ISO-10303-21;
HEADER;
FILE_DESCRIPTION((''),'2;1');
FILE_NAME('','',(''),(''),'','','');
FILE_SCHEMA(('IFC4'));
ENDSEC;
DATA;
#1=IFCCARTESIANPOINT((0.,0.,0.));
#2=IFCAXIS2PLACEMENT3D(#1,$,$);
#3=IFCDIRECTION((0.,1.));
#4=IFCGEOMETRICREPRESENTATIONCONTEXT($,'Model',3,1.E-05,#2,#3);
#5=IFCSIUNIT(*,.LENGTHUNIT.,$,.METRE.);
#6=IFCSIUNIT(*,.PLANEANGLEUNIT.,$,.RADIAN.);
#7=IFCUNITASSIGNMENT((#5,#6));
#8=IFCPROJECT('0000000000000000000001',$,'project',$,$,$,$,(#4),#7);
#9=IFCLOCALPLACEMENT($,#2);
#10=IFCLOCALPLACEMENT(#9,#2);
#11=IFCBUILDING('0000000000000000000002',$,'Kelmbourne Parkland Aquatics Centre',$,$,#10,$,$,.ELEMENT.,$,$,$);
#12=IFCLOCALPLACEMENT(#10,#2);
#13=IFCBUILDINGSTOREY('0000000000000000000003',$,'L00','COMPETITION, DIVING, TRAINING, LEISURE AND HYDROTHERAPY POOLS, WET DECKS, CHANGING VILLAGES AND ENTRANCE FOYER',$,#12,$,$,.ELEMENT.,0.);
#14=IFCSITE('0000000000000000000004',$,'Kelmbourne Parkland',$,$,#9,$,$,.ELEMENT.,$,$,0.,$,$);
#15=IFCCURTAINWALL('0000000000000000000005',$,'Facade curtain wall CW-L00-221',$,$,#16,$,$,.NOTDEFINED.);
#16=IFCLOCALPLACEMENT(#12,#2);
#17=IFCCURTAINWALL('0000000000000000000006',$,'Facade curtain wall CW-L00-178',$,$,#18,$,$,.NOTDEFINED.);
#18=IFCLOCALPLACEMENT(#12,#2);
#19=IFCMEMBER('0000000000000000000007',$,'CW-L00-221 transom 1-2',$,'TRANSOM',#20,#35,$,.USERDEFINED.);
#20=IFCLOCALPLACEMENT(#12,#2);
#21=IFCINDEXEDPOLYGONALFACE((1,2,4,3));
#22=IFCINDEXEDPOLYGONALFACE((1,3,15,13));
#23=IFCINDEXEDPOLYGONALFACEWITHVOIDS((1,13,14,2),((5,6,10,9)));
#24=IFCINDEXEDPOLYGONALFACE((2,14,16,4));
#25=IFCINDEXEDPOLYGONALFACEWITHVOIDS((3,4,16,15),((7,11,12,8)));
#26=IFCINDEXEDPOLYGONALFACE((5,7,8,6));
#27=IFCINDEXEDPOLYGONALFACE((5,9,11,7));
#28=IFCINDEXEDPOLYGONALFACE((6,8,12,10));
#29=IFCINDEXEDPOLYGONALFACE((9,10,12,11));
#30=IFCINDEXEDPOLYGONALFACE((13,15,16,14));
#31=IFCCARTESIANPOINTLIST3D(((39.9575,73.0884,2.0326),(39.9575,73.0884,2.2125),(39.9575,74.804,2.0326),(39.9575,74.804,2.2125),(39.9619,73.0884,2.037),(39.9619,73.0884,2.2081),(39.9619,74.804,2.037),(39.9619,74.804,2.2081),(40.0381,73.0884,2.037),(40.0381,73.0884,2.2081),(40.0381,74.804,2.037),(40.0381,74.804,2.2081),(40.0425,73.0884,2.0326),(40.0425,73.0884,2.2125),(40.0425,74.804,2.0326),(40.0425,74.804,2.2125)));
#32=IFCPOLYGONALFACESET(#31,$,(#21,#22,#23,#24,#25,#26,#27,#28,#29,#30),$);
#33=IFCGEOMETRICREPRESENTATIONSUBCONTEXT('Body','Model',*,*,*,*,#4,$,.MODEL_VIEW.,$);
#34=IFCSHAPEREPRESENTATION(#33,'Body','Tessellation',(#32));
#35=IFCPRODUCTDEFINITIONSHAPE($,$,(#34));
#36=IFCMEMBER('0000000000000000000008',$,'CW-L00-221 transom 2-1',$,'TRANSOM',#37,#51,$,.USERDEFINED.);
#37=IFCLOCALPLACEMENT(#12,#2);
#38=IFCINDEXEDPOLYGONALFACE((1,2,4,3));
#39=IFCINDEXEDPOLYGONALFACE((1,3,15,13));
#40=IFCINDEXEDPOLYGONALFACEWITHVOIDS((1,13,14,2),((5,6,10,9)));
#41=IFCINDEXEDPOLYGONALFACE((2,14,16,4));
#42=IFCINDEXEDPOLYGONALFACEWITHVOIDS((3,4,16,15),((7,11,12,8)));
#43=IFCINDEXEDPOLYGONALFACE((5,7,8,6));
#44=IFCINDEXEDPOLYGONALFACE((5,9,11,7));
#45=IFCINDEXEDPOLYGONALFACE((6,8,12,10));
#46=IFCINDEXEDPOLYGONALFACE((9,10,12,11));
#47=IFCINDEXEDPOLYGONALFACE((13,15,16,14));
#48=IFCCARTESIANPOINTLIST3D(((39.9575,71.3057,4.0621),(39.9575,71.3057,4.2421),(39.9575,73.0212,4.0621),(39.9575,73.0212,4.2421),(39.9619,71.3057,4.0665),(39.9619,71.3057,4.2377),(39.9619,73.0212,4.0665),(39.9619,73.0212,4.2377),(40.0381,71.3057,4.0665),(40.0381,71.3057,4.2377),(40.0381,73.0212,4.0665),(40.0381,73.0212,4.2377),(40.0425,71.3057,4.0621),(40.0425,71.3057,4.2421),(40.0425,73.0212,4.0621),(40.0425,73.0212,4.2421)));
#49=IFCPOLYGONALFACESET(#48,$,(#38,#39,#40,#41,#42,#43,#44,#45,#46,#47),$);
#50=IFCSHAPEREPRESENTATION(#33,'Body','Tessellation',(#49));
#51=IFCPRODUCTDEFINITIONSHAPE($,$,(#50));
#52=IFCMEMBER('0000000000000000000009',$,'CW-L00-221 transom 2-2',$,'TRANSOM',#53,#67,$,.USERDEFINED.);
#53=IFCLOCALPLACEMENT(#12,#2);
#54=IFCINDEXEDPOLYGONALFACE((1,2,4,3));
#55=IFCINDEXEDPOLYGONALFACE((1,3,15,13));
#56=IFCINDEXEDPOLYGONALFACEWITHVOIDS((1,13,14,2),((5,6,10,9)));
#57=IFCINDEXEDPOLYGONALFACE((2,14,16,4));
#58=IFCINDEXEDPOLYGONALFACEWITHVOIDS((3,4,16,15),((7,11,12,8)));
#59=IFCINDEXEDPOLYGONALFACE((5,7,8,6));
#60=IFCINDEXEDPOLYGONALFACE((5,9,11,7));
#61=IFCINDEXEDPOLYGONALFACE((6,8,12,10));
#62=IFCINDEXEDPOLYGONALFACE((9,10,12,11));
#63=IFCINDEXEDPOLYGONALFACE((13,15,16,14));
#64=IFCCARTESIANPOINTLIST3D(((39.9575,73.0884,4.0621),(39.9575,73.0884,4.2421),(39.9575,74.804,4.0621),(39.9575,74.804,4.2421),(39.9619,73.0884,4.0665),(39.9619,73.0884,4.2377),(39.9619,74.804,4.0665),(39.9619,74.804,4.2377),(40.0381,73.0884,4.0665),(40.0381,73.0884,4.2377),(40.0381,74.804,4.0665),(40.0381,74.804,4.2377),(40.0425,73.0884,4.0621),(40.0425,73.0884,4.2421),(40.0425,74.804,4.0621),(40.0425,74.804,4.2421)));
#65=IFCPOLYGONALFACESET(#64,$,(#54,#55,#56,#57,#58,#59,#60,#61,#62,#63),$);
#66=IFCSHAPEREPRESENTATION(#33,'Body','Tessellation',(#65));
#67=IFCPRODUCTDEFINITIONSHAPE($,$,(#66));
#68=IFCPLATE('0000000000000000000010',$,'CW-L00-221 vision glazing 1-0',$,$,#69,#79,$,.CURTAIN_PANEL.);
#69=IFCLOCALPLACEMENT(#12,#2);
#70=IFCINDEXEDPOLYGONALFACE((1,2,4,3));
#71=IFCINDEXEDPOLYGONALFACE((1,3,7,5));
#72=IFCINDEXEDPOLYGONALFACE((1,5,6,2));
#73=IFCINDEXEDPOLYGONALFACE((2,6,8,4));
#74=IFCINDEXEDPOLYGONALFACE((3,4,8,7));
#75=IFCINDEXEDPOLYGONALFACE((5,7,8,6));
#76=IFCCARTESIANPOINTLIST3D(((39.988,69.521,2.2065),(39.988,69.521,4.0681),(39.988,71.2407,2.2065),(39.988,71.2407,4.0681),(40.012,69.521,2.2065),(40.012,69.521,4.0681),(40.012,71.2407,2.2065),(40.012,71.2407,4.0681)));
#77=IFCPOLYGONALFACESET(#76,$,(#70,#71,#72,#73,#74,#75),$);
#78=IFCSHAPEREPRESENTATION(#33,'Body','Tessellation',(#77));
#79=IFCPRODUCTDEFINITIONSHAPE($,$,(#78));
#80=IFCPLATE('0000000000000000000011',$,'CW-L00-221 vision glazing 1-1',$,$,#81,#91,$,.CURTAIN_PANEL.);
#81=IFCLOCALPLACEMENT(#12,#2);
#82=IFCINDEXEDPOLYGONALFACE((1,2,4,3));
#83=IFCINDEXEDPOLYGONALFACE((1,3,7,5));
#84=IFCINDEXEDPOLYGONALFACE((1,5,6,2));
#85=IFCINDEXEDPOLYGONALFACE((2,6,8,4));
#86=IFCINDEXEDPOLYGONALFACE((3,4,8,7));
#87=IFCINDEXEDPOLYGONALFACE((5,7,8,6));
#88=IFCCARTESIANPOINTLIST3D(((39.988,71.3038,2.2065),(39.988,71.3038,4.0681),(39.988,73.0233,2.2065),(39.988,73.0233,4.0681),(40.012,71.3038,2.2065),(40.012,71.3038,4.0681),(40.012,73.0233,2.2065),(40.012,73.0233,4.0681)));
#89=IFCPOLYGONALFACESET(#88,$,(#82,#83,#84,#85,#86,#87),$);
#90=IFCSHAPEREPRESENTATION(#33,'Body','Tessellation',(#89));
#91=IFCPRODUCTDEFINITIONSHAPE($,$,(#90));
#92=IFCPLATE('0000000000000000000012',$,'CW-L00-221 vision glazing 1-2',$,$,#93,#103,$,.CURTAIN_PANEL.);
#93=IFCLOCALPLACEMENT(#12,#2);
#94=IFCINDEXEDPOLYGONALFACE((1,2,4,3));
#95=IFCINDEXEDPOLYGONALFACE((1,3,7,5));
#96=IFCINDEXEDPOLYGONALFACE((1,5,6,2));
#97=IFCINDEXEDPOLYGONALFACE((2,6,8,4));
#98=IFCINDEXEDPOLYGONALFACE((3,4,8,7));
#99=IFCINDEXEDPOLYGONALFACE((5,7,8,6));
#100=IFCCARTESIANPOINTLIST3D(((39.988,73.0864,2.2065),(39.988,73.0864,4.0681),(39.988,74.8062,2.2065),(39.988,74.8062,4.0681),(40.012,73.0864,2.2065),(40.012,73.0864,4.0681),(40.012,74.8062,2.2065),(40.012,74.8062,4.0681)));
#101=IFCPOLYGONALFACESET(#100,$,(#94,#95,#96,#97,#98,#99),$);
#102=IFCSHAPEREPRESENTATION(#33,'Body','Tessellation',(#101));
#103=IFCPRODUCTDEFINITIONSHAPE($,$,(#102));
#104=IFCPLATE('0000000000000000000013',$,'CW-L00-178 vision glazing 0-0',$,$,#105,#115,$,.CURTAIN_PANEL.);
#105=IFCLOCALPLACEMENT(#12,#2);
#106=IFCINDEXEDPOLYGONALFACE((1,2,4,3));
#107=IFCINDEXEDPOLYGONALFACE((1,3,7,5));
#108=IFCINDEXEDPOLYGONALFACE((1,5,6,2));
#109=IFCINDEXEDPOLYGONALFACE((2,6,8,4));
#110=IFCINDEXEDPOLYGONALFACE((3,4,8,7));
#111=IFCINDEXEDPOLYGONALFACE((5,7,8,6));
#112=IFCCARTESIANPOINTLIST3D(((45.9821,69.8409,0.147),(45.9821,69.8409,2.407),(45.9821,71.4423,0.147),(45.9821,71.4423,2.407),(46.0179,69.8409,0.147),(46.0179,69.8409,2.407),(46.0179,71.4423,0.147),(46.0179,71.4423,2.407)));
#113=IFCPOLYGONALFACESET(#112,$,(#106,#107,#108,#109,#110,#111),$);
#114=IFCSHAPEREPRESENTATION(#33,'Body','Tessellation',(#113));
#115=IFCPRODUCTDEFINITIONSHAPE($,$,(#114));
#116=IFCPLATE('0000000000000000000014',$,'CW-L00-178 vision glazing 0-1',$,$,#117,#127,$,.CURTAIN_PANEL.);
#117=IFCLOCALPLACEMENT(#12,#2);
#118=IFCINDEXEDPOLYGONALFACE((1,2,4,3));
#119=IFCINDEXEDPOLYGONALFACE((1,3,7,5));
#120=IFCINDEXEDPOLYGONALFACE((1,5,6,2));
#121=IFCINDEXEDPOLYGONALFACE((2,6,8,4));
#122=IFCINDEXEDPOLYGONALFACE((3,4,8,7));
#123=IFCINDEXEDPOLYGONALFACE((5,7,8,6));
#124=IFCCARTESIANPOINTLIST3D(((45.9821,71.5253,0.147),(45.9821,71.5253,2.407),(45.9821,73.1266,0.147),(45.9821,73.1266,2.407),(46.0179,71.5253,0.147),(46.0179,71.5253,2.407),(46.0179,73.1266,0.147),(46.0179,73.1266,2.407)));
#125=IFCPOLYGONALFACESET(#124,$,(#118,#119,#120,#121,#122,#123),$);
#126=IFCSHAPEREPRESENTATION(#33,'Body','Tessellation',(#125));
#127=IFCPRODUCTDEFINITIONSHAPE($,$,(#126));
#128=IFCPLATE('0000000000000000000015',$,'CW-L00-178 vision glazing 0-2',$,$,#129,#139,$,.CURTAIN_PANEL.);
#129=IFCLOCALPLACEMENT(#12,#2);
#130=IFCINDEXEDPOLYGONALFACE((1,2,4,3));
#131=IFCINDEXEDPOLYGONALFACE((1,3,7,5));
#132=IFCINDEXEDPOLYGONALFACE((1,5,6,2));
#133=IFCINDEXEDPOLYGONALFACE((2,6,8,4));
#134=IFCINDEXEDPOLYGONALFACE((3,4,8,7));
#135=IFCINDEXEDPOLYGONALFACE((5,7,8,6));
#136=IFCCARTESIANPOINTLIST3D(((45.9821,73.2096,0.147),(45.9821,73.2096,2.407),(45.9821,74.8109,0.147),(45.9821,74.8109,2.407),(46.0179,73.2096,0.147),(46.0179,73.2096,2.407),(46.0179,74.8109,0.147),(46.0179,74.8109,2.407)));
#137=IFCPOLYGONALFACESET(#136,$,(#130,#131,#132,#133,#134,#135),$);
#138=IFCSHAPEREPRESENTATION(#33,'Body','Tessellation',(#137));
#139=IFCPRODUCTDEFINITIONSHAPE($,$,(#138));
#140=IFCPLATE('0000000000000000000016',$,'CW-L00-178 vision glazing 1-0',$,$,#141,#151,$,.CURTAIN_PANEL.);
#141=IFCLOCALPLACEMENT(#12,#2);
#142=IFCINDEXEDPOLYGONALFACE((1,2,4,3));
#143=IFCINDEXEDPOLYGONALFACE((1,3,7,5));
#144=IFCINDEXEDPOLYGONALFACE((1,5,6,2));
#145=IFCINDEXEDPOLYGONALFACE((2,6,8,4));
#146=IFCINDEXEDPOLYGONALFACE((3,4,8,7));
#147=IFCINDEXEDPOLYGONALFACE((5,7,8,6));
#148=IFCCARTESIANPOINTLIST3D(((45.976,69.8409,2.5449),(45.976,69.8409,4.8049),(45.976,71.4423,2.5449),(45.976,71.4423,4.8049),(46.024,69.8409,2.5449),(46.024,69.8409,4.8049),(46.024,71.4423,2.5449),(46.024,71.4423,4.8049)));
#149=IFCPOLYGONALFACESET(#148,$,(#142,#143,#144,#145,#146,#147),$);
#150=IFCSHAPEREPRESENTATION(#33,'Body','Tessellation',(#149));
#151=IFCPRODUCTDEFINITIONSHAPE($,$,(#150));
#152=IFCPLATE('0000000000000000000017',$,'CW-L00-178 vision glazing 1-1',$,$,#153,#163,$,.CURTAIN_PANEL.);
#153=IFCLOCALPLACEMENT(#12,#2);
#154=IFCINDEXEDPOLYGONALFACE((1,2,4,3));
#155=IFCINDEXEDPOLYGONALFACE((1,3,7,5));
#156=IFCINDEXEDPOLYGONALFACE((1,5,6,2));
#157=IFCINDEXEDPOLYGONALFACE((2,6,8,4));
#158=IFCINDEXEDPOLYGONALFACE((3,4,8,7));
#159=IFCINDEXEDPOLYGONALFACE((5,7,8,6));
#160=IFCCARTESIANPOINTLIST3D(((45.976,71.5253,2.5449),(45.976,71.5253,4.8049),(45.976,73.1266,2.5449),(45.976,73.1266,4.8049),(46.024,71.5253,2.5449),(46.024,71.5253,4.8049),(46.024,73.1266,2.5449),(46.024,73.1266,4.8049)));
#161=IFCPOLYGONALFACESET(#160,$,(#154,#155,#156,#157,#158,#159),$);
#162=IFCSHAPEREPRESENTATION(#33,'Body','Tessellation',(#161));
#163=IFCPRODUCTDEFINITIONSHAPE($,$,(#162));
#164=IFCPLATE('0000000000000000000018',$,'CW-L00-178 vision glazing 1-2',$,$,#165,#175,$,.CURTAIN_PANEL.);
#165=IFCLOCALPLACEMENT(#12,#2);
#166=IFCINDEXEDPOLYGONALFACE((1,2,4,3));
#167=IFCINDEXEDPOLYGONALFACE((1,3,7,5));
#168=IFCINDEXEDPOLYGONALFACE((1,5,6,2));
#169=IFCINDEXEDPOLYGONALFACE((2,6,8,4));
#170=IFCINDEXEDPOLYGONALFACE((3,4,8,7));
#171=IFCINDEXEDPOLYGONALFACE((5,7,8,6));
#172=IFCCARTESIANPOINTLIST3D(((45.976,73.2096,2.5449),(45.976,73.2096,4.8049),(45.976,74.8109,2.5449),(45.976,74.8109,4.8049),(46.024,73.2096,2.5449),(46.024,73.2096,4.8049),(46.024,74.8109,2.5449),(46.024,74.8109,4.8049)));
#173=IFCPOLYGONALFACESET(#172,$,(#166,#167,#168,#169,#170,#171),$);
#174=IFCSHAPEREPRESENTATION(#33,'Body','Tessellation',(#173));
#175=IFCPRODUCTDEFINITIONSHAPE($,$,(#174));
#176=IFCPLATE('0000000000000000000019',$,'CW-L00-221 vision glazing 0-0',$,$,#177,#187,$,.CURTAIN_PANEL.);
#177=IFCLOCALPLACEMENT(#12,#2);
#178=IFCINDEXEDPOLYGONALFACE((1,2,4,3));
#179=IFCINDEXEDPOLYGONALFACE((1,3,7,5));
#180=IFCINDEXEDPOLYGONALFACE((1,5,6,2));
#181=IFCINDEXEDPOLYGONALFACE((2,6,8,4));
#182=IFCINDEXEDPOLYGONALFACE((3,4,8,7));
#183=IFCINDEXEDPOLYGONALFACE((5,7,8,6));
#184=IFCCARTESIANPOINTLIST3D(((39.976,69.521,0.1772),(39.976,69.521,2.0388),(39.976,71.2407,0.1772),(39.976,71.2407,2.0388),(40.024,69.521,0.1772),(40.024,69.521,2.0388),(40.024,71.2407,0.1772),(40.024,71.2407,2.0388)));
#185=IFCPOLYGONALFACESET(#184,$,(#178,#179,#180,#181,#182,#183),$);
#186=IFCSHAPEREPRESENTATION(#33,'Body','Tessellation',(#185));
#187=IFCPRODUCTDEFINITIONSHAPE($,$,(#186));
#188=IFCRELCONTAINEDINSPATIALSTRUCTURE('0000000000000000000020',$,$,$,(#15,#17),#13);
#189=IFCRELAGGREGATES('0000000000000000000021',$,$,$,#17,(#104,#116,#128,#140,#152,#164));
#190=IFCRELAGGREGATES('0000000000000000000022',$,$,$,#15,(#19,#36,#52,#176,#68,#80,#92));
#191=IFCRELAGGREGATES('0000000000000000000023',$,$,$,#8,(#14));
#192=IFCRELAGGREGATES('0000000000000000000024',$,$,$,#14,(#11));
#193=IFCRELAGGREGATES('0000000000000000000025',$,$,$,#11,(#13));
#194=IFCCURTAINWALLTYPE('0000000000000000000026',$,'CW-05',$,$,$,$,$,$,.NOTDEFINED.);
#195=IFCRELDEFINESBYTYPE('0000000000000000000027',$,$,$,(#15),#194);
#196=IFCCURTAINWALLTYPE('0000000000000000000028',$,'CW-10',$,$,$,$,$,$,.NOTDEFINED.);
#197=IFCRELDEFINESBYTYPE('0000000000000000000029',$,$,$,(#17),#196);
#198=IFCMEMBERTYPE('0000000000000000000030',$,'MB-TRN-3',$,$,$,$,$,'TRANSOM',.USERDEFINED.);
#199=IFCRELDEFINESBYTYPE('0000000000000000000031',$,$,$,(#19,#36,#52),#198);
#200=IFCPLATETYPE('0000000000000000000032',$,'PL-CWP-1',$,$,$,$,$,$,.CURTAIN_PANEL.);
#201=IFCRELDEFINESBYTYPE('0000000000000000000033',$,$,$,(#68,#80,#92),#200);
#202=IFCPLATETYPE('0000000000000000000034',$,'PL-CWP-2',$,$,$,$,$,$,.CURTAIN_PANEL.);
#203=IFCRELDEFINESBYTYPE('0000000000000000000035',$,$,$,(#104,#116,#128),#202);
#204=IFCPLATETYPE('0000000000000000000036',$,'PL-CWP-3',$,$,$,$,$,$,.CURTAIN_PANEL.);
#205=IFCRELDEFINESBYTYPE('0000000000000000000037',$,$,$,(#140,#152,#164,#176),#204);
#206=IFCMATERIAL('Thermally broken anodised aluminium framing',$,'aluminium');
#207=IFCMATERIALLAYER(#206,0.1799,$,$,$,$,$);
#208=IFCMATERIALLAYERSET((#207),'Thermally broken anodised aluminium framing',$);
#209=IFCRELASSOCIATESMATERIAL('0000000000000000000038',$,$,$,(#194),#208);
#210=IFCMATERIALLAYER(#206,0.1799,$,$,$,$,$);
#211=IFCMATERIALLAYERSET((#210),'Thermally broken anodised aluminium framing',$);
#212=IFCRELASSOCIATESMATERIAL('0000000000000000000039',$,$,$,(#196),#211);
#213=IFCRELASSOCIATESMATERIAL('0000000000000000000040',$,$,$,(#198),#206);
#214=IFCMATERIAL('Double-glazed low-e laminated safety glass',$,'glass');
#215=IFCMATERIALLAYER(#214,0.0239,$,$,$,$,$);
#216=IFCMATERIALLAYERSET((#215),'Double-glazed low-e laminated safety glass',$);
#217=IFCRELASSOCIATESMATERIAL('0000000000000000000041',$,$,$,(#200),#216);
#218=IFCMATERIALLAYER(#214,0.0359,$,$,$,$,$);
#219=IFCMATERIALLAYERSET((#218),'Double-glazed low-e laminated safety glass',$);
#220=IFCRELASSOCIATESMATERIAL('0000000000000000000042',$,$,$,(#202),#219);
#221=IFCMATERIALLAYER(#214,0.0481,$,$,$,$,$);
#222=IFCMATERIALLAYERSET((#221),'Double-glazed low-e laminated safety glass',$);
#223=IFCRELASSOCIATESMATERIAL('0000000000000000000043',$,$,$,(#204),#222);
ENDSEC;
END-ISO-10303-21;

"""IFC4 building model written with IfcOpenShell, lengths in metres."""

from ifc_helpers import new_model, si_unit, direction, frame, origin, origin_2d, place, context, subcontext, project, spatial, rectangle, hollow_rectangle, extrude, material, layer, layer_set, material_profile, profile_set, type_object, element, aggregate, save


model = new_model("IFC4")

# Units and contexts
model_context = context("Model", 3, precision=1e-05, world=origin(), true_north=direction((0.0, 1.0)))
body_context = subcontext(model_context, "Body", "Model", "MODEL_VIEW")
ifc_project = project(units=[si_unit("LENGTHUNIT", "METRE"), si_unit("PLANEANGLEUNIT", "RADIAN")], contexts=[model_context])

# Site, building, storey
site_placement = place(None, origin())
site = spatial("IfcSite", under=ifc_project, at=site_placement, Name="Kelmbourne Parkland", CompositionType="ELEMENT", RefElevation=0.0)
building_placement = place(site_placement, origin())
building = spatial("IfcBuilding", under=site, at=building_placement, Name="Kelmbourne Parkland Aquatics Centre", CompositionType="ELEMENT")
storey_placement = place(building_placement, origin())
storey = spatial("IfcBuildingStorey", under=building, at=storey_placement, Name="L00", Description="COMPETITION, DIVING, TRAINING, LEISURE AND HYDROTHERAPY POOLS, WET DECKS, CHANGING VILLAGES AND ENTRANCE FOYER", CompositionType="ELEMENT", Elevation=0.0)

# Curtain walls
ifc_material_1 = material(Name="Thermally broken anodised aluminium framing", Category="aluminium")
ifc_layer_1 = layer(ifc_material_1, 0.1799)
ifc_layer_set_1 = layer_set([ifc_layer_1], Name="Thermally broken anodised aluminium framing")
curtain_wall_type_1 = type_object("IfcCurtainWallType", Name="CW-05", PredefinedType="NOTDEFINED", material=ifc_layer_set_1)
curtain_wall_1_placement = place(storey_placement, origin())
curtain_wall_1 = element("IfcCurtainWall", 1, at=curtain_wall_1_placement, inside=storey, type_object=curtain_wall_type_1, Name="Facade curtain wall CW-L00-221", PredefinedType="NOTDEFINED")
ifc_layer_2 = layer(ifc_material_1, 0.1799)
ifc_layer_set_2 = layer_set([ifc_layer_2], Name="Thermally broken anodised aluminium framing")
curtain_wall_type_2 = type_object("IfcCurtainWallType", Name="CW-10", PredefinedType="NOTDEFINED", material=ifc_layer_set_2)
curtain_wall_2_placement = place(storey_placement, origin())
curtain_wall_2 = element("IfcCurtainWall", 2, at=curtain_wall_2_placement, inside=storey, type_object=curtain_wall_type_2, Name="Facade curtain wall CW-L00-178", PredefinedType="NOTDEFINED")

# Members
ifc_material_profile_1 = material_profile(ifc_material_1, hollow_rectangle(XDim=0.085, YDim=0.1799, WallThickness=0.0044, at=origin_2d()), Name="CW-T 85x180")
ifc_profile_set_1 = profile_set([ifc_material_profile_1], Name="Thermally broken anodised aluminium framing")
member_type_1 = type_object("IfcMemberType", Name="MB-TRN-3", ElementType="TRANSOM", PredefinedType="USERDEFINED", material=ifc_profile_set_1)
member_1_placement = place(storey_placement, frame((40.0, 73.0884, 2.1226), z_axis=(0.0, 1.0, 0.0), x_axis=(-1.0, 0.0, 0.0)))
member_1 = element("IfcMember", 3, at=member_1_placement, type_object=member_type_1, Name="CW-L00-221 transom 1-2", ObjectType="TRANSOM", PredefinedType="USERDEFINED", context=body_context, shape_type="SweptSolid", body=[
    extrude(hollow_rectangle(XDim=0.085, YDim=0.1799, WallThickness=0.0044, at=origin_2d()), origin(), (0.0, 0.0, 1.0), 1.7156),
])
member_2_placement = place(storey_placement, frame((40.0, 71.3057, 4.1521), z_axis=(0.0, 1.0, 0.0), x_axis=(-1.0, 0.0, 0.0)))
member_2 = element("IfcMember", 4, at=member_2_placement, type_object=member_type_1, Name="CW-L00-221 transom 2-1", ObjectType="TRANSOM", PredefinedType="USERDEFINED", context=body_context, shape_type="SweptSolid", body=[
    extrude(hollow_rectangle(XDim=0.085, YDim=0.1799, WallThickness=0.0044, at=origin_2d()), origin(), (0.0, 0.0, 1.0), 1.7156),
])
member_3_placement = place(storey_placement, frame((40.0, 73.0884, 4.1521), z_axis=(0.0, 1.0, 0.0), x_axis=(-1.0, 0.0, 0.0)))
member_3 = element("IfcMember", 5, at=member_3_placement, type_object=member_type_1, Name="CW-L00-221 transom 2-2", ObjectType="TRANSOM", PredefinedType="USERDEFINED", context=body_context, shape_type="SweptSolid", body=[
    extrude(hollow_rectangle(XDim=0.085, YDim=0.1799, WallThickness=0.0044, at=origin_2d()), origin(), (0.0, 0.0, 1.0), 1.7156),
])

# Plates
ifc_material_2 = material(Name="Double-glazed low-e laminated safety glass", Category="glass")
ifc_layer_3 = layer(ifc_material_2, 0.0239)
ifc_layer_set_3 = layer_set([ifc_layer_3], Name="Double-glazed low-e laminated safety glass")
plate_type_1 = type_object("IfcPlateType", Name="PL-CWP-1", PredefinedType="CURTAIN_PANEL", material=ifc_layer_set_3)
plate_1_placement = place(storey_placement, frame((40.0, 70.3809, 2.2065), z_axis=(0.0, 0.0, 1.0), x_axis=(0.0, 1.0, 0.0)))
plate_1 = element("IfcPlate", 6, at=plate_1_placement, type_object=plate_type_1, Name="CW-L00-221 vision glazing 1-0", PredefinedType="CURTAIN_PANEL", context=body_context, shape_type="SweptSolid", body=[
    extrude(rectangle(XDim=1.7197, YDim=0.0239, at=origin_2d()), origin(), (0.0, 0.0, 1.0), 1.8616),
])
plate_2_placement = place(storey_placement, frame((40.0, 72.1636, 2.2065), z_axis=(0.0, 0.0, 1.0), x_axis=(0.0, 1.0, 0.0)))
plate_2 = element("IfcPlate", 7, at=plate_2_placement, type_object=plate_type_1, Name="CW-L00-221 vision glazing 1-1", PredefinedType="CURTAIN_PANEL", context=body_context, shape_type="SweptSolid", body=[
    extrude(rectangle(XDim=1.7195, YDim=0.0239, at=origin_2d()), origin(), (0.0, 0.0, 1.0), 1.8616),
])
plate_3_placement = place(storey_placement, frame((40.0, 73.9463, 2.2065), z_axis=(0.0, 0.0, 1.0), x_axis=(0.0, 1.0, 0.0)))
plate_3 = element("IfcPlate", 8, at=plate_3_placement, type_object=plate_type_1, Name="CW-L00-221 vision glazing 1-2", PredefinedType="CURTAIN_PANEL", context=body_context, shape_type="SweptSolid", body=[
    extrude(rectangle(XDim=1.7197, YDim=0.0239, at=origin_2d()), origin(), (0.0, 0.0, 1.0), 1.8616),
])
ifc_layer_4 = layer(ifc_material_2, 0.0359)
ifc_layer_set_4 = layer_set([ifc_layer_4], Name="Double-glazed low-e laminated safety glass")
plate_type_2 = type_object("IfcPlateType", Name="PL-CWP-2", PredefinedType="CURTAIN_PANEL", material=ifc_layer_set_4)
plate_4_placement = place(storey_placement, frame((46.0, 70.6416, 0.147), z_axis=(0.0, 0.0, 1.0), x_axis=(0.0, 1.0, 0.0)))
plate_4 = element("IfcPlate", 9, at=plate_4_placement, type_object=plate_type_2, Name="CW-L00-178 vision glazing 0-0", PredefinedType="CURTAIN_PANEL", context=body_context, shape_type="SweptSolid", body=[
    extrude(rectangle(XDim=1.6013, YDim=0.0359, at=origin_2d()), origin(), (0.0, 0.0, 1.0), 2.26),
])
plate_5_placement = place(storey_placement, frame((46.0, 72.3259, 0.147), z_axis=(0.0, 0.0, 1.0), x_axis=(0.0, 1.0, 0.0)))
plate_5 = element("IfcPlate", 10, at=plate_5_placement, type_object=plate_type_2, Name="CW-L00-178 vision glazing 0-1", PredefinedType="CURTAIN_PANEL", context=body_context, shape_type="SweptSolid", body=[
    extrude(rectangle(XDim=1.6013, YDim=0.0359, at=origin_2d()), origin(), (0.0, 0.0, 1.0), 2.26),
])
plate_6_placement = place(storey_placement, frame((46.0, 74.0103, 0.147), z_axis=(0.0, 0.0, 1.0), x_axis=(0.0, 1.0, 0.0)))
plate_6 = element("IfcPlate", 11, at=plate_6_placement, type_object=plate_type_2, Name="CW-L00-178 vision glazing 0-2", PredefinedType="CURTAIN_PANEL", context=body_context, shape_type="SweptSolid", body=[
    extrude(rectangle(XDim=1.6013, YDim=0.0359, at=origin_2d()), origin(), (0.0, 0.0, 1.0), 2.26),
])
ifc_layer_5 = layer(ifc_material_2, 0.0481)
ifc_layer_set_5 = layer_set([ifc_layer_5], Name="Double-glazed low-e laminated safety glass")
plate_type_3 = type_object("IfcPlateType", Name="PL-CWP-3", PredefinedType="CURTAIN_PANEL", material=ifc_layer_set_5)
plate_7_placement = place(storey_placement, frame((46.0, 70.6416, 2.5449), z_axis=(0.0, 0.0, 1.0), x_axis=(0.0, 1.0, 0.0)))
plate_7 = element("IfcPlate", 12, at=plate_7_placement, type_object=plate_type_3, Name="CW-L00-178 vision glazing 1-0", PredefinedType="CURTAIN_PANEL", context=body_context, shape_type="SweptSolid", body=[
    extrude(rectangle(XDim=1.6013, YDim=0.0481, at=origin_2d()), origin(), (0.0, 0.0, 1.0), 2.26),
])
plate_8_placement = place(storey_placement, frame((46.0, 72.3259, 2.5449), z_axis=(0.0, 0.0, 1.0), x_axis=(0.0, 1.0, 0.0)))
plate_8 = element("IfcPlate", 13, at=plate_8_placement, type_object=plate_type_3, Name="CW-L00-178 vision glazing 1-1", PredefinedType="CURTAIN_PANEL", context=body_context, shape_type="SweptSolid", body=[
    extrude(rectangle(XDim=1.6013, YDim=0.0481, at=origin_2d()), origin(), (0.0, 0.0, 1.0), 2.26),
])
plate_9_placement = place(storey_placement, frame((46.0, 74.0103, 2.5449), z_axis=(0.0, 0.0, 1.0), x_axis=(0.0, 1.0, 0.0)))
plate_9 = element("IfcPlate", 14, at=plate_9_placement, type_object=plate_type_3, Name="CW-L00-178 vision glazing 1-2", PredefinedType="CURTAIN_PANEL", context=body_context, shape_type="SweptSolid", body=[
    extrude(rectangle(XDim=1.6013, YDim=0.0481, at=origin_2d()), origin(), (0.0, 0.0, 1.0), 2.26),
])
aggregate(curtain_wall_2, [plate_4, plate_5, plate_6, plate_7, plate_8, plate_9])
plate_10_placement = place(storey_placement, frame((40.0, 70.3809, 0.1772), z_axis=(0.0, 0.0, 1.0), x_axis=(0.0, 1.0, 0.0)))
plate_10 = element("IfcPlate", 15, at=plate_10_placement, type_object=plate_type_3, Name="CW-L00-221 vision glazing 0-0", PredefinedType="CURTAIN_PANEL", context=body_context, shape_type="SweptSolid", body=[
    extrude(rectangle(XDim=1.7197, YDim=0.0481, at=origin_2d()), origin(), (0.0, 0.0, 1.0), 1.8616),
])
aggregate(curtain_wall_1, [member_1, member_2, member_3, plate_10, plate_1, plate_2, plate_3])

save(model, "model.ifc")
